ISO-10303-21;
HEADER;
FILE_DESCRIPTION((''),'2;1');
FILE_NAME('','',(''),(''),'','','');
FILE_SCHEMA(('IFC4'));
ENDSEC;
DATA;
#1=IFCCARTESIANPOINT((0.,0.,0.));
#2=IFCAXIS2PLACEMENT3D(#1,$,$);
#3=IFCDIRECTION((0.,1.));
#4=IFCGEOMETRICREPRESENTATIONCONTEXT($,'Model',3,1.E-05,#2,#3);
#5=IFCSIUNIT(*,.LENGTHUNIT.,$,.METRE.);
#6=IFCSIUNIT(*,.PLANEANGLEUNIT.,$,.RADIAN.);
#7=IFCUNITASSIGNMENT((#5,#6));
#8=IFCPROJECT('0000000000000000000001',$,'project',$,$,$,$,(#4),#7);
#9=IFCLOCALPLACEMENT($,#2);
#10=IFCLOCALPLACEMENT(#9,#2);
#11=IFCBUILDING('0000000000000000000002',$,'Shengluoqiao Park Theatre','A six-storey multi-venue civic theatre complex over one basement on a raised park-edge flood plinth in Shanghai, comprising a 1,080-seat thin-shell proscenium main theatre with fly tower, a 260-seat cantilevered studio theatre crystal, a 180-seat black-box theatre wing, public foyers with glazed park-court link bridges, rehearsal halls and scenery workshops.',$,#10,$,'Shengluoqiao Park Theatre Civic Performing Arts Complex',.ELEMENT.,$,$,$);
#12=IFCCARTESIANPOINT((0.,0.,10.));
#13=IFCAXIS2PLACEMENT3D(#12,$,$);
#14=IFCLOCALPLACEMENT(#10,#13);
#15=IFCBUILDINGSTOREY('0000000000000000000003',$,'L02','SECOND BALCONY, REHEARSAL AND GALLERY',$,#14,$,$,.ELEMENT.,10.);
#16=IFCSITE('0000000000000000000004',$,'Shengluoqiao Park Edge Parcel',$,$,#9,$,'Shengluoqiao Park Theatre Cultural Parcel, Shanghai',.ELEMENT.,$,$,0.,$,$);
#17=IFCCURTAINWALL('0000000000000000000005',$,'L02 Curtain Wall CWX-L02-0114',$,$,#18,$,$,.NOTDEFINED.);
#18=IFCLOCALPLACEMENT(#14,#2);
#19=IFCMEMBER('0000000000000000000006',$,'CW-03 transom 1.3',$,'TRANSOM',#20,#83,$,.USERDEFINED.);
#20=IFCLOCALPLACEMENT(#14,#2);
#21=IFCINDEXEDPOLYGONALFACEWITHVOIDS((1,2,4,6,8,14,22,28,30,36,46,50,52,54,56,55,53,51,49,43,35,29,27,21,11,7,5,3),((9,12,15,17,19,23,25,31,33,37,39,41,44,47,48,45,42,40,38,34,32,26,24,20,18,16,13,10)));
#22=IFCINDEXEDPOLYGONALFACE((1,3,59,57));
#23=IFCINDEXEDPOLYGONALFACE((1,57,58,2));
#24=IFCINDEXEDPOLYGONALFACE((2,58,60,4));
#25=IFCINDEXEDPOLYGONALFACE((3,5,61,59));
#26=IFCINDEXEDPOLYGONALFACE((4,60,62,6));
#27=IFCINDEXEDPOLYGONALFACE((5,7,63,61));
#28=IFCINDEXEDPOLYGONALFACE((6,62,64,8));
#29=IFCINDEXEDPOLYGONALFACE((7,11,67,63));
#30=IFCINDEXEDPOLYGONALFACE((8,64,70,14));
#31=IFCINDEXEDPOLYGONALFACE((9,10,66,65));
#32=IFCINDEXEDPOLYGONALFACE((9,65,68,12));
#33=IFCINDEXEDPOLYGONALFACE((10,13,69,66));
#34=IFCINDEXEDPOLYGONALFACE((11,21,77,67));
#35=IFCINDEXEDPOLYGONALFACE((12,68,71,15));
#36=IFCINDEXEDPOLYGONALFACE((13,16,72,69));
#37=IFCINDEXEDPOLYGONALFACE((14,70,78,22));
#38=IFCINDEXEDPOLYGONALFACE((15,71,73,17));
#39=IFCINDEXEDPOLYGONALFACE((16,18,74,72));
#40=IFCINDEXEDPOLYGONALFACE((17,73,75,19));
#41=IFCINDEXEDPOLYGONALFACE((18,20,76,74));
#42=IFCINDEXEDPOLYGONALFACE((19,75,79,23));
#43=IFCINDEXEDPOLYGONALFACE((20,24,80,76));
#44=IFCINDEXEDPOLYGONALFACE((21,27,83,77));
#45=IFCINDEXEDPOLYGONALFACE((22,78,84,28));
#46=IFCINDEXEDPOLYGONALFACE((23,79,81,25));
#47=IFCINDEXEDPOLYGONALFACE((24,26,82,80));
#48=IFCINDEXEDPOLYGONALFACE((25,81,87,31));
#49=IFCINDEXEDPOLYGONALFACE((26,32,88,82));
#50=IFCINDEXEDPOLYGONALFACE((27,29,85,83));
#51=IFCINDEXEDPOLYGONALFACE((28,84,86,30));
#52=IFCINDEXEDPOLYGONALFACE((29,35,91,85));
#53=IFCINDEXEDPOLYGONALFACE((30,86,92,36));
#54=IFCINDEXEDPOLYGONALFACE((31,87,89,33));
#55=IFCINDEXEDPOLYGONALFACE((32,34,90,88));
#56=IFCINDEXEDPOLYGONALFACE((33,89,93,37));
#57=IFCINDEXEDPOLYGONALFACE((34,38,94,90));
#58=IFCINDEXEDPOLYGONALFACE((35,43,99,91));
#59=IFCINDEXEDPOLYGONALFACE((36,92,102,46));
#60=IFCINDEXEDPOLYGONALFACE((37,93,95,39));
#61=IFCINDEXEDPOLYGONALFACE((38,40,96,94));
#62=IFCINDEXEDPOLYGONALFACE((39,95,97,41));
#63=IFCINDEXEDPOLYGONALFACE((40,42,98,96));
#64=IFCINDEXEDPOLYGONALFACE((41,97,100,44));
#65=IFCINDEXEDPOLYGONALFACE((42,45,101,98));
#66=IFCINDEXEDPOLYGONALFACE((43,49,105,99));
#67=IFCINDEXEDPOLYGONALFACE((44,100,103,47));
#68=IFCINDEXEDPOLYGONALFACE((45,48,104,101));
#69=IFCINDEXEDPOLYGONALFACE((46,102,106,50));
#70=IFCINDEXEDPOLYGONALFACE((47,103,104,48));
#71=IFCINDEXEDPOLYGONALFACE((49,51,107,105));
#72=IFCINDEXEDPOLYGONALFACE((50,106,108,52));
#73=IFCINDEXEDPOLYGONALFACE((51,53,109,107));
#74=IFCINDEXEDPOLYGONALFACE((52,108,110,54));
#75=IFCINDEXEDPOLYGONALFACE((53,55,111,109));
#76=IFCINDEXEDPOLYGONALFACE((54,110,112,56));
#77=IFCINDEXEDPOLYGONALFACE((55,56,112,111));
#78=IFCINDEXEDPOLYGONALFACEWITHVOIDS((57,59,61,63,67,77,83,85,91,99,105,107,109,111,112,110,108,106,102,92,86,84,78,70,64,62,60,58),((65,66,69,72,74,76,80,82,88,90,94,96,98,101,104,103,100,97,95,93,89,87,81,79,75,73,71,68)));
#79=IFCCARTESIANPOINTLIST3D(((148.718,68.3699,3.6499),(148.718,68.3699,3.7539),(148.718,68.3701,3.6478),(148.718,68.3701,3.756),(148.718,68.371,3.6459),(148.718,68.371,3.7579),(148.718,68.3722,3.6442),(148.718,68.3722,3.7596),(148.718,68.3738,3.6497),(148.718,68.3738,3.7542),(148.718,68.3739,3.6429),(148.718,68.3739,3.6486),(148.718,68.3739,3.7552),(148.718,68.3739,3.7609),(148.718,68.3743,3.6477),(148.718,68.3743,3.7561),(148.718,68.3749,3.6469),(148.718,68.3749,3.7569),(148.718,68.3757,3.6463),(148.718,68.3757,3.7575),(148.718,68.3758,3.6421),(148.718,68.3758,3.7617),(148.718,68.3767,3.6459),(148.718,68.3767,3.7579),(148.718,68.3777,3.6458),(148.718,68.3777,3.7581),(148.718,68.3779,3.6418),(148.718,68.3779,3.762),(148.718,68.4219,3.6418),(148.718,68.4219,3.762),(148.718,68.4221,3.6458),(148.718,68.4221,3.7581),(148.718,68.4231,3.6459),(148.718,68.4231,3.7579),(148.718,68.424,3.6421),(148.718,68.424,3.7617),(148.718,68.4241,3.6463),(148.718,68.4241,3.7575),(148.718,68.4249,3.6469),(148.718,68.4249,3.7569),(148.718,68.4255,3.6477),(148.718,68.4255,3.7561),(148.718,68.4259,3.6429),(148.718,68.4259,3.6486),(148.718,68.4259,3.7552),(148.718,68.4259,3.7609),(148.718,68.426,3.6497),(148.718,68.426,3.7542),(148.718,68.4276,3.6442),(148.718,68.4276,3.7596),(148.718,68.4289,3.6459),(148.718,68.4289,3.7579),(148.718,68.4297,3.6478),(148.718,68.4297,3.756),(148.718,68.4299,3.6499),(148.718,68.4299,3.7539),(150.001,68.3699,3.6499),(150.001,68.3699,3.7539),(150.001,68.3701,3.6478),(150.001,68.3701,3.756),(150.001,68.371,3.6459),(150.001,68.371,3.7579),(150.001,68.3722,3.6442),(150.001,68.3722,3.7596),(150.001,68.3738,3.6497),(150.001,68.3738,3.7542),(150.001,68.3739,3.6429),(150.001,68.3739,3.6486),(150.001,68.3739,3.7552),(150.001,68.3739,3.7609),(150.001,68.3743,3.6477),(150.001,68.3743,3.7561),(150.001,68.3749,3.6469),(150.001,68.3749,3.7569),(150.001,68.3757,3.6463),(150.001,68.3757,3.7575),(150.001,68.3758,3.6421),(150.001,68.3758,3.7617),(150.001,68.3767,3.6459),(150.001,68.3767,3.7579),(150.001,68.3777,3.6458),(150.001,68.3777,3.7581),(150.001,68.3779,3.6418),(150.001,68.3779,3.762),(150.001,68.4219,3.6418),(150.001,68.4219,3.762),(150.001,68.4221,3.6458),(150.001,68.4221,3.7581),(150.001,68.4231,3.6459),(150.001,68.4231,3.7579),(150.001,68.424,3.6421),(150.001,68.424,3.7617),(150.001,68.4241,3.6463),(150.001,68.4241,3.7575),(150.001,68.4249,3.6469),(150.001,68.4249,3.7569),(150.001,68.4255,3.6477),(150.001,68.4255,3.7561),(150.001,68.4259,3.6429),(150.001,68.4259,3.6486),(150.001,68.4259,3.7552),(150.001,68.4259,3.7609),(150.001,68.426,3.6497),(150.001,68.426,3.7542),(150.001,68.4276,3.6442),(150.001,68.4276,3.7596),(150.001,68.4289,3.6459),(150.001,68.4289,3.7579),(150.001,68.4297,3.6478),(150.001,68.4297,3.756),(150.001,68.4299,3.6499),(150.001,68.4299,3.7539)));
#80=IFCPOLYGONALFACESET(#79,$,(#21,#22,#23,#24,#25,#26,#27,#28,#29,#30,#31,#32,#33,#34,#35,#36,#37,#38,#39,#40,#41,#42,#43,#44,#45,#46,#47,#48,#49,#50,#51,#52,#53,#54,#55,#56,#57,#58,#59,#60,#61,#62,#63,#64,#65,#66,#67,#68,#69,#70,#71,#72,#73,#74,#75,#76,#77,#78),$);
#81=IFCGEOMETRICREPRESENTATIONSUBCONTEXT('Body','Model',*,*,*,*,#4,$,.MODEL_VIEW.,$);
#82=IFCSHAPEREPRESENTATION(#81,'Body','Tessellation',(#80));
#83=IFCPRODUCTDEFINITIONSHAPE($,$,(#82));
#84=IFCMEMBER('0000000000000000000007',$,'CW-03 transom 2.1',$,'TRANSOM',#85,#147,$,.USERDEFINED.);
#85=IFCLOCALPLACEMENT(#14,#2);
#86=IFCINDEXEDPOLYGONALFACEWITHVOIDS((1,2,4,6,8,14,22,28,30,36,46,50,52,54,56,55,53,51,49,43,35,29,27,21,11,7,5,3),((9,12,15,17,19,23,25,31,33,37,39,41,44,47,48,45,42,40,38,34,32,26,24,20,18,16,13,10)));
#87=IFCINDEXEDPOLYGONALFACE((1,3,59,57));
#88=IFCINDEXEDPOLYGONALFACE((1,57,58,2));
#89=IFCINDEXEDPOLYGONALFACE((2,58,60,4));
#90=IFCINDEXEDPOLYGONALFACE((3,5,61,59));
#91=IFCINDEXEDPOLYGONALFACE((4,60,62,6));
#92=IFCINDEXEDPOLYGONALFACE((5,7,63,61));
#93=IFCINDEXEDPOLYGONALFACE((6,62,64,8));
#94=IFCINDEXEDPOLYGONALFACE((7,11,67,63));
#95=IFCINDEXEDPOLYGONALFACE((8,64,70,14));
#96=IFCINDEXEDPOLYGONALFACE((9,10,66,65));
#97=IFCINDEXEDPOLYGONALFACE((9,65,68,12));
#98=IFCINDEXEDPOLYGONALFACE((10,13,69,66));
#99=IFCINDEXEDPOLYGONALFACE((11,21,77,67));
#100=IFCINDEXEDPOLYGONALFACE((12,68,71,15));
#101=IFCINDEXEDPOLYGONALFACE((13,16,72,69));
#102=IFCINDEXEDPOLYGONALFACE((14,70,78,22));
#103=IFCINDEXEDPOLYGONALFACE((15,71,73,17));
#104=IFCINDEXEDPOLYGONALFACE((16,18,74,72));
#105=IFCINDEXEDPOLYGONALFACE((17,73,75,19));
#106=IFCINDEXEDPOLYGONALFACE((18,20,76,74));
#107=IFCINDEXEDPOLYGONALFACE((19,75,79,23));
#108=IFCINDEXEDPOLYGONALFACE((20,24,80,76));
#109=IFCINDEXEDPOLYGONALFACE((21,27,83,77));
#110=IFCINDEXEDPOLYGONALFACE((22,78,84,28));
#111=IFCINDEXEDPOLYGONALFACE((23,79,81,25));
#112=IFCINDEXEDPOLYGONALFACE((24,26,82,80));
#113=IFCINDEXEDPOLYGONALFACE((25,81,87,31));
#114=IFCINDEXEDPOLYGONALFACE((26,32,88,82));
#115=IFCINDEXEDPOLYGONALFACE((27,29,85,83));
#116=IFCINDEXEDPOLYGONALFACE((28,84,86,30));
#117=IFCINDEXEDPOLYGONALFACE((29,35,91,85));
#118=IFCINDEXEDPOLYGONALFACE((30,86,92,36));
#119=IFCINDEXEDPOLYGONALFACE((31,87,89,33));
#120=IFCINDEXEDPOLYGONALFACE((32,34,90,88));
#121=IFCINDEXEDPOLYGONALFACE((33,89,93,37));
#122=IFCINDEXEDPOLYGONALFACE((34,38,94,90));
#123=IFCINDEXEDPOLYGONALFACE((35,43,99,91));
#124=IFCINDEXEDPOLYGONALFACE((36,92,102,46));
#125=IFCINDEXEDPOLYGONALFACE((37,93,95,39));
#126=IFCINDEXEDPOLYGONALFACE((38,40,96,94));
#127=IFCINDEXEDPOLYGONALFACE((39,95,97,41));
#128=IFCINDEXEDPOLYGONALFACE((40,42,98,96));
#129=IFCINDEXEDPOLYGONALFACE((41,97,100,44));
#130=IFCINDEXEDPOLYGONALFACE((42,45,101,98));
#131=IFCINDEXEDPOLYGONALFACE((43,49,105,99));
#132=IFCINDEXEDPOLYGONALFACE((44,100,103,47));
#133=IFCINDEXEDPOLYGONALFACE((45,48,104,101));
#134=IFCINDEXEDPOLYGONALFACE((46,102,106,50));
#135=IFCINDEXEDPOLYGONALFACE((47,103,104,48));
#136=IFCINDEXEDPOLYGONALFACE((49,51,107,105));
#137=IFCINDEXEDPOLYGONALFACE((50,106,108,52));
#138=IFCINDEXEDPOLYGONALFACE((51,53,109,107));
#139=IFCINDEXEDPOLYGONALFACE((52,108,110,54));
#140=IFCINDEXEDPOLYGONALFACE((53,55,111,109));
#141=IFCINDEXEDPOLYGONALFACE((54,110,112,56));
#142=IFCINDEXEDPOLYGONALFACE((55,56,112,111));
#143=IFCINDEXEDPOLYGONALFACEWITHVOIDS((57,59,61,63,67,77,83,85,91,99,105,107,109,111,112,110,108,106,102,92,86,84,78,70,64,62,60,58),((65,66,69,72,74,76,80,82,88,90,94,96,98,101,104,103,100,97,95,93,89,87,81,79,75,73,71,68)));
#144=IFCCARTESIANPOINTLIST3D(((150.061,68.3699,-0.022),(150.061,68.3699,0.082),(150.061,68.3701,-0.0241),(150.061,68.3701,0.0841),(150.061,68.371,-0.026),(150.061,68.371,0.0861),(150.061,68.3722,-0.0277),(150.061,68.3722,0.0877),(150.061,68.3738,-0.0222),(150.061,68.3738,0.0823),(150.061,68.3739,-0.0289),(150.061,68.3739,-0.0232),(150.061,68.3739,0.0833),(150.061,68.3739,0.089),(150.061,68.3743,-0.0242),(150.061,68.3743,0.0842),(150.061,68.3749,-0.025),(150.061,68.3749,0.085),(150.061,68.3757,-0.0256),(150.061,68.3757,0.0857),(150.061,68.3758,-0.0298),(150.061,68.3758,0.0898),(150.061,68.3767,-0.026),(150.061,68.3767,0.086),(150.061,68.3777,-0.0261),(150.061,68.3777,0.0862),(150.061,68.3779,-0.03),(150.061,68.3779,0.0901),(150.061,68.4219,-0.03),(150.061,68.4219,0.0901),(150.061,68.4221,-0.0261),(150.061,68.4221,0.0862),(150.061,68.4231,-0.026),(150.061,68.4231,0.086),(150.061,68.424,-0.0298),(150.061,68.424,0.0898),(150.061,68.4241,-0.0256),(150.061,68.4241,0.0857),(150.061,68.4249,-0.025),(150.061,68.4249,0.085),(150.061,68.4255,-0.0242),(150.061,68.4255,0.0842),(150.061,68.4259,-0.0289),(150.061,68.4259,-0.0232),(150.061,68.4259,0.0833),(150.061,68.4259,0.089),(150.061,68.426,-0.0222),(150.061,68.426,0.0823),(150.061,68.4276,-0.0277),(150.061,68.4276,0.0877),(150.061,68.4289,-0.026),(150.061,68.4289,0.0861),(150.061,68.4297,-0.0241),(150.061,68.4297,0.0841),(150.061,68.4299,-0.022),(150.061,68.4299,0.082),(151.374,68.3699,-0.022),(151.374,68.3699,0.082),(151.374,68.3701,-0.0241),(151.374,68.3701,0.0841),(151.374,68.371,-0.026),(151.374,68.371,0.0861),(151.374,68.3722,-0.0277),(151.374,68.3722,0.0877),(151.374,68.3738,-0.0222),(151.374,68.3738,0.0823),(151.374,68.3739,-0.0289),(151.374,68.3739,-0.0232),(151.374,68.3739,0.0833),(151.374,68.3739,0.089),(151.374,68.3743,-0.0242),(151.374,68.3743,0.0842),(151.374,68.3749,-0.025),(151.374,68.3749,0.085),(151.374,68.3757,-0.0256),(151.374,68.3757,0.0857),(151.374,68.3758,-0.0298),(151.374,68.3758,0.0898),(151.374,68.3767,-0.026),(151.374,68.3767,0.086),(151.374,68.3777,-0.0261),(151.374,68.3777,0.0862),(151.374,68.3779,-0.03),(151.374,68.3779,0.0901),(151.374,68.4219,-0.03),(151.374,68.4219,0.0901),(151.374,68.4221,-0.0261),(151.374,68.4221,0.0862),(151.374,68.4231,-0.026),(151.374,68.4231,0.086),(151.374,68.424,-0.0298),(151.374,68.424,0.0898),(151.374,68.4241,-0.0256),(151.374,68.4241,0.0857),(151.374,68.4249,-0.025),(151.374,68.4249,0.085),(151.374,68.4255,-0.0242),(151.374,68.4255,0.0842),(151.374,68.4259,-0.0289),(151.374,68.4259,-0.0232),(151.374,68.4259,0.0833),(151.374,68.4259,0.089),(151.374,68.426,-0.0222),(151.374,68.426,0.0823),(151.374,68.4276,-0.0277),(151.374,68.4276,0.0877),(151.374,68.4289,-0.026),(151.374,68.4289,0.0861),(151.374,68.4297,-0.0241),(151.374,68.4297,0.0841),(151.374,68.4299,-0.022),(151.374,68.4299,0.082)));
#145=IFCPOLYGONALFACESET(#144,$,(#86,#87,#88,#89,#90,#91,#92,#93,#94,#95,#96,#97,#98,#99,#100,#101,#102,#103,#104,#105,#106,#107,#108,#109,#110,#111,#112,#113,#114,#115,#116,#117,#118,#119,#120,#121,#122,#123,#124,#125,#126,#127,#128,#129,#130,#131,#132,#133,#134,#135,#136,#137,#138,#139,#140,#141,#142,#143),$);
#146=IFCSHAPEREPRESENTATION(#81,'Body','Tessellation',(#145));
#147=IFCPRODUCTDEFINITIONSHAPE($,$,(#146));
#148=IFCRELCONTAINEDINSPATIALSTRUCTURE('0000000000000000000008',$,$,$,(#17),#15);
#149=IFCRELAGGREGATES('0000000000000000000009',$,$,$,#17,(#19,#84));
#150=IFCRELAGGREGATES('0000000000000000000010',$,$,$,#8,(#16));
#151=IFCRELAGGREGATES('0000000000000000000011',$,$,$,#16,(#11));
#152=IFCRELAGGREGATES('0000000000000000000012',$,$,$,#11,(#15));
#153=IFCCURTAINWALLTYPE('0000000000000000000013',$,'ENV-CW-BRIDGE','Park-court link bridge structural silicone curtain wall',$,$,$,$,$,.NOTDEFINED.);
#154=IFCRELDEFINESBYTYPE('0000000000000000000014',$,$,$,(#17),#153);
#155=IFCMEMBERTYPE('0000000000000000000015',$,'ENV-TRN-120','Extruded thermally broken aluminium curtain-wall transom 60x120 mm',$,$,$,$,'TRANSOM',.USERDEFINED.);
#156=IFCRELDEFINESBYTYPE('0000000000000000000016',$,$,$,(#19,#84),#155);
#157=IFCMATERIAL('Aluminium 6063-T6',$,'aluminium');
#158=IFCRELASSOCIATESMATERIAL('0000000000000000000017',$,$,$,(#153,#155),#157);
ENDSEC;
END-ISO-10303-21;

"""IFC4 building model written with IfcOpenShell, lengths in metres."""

from ifc_helpers import new_model, si_unit, direction, frame, origin, origin_2d, place, context, subcontext, project, spatial, hollow_rectangle, extrude, material, material_profile, profile_set, type_object, element, aggregate, save


model = new_model("IFC4")

# Units and contexts
model_context = context("Model", 3, precision=1e-05, world=origin(), true_north=direction((0.0, 1.0)))
body_context = subcontext(model_context, "Body", "Model", "MODEL_VIEW")
ifc_project = project(units=[si_unit("LENGTHUNIT", "METRE"), si_unit("PLANEANGLEUNIT", "RADIAN")], contexts=[model_context])

# Site, building, storey
site_placement = place(None, origin())
site = spatial("IfcSite", under=ifc_project, at=site_placement, Name="Shengluoqiao Park Edge Parcel", LongName="Shengluoqiao Park Theatre Cultural Parcel, Shanghai", CompositionType="ELEMENT", RefElevation=0.0)
building_placement = place(site_placement, origin())
building = spatial("IfcBuilding", under=site, at=building_placement, Name="Shengluoqiao Park Theatre", Description="A six-storey multi-venue civic theatre complex over one basement on a raised park-edge flood plinth in Shanghai, comprising a 1,080-seat thin-shell proscenium main theatre with fly tower, a 260-seat cantilevered studio theatre crystal, a 180-seat black-box theatre wing, public foyers with glazed park-court link bridges, rehearsal halls and scenery workshops.", LongName="Shengluoqiao Park Theatre Civic Performing Arts Complex", CompositionType="ELEMENT")
storey_placement = place(building_placement, frame((0.0, 0.0, 10.0)))
storey = spatial("IfcBuildingStorey", under=building, at=storey_placement, Name="L02", Description="SECOND BALCONY, REHEARSAL AND GALLERY", CompositionType="ELEMENT", Elevation=10.0)

# Curtain wall, members
ifc_material_1 = material(Name="Aluminium 6063-T6", Category="aluminium")
curtain_wall_type_1 = type_object("IfcCurtainWallType", Name="ENV-CW-BRIDGE", Description="Park-court link bridge structural silicone curtain wall", PredefinedType="NOTDEFINED", material=ifc_material_1)
curtain_wall_1_placement = place(storey_placement, origin())
curtain_wall_1 = element("IfcCurtainWall", 1, at=curtain_wall_1_placement, inside=storey, type_object=curtain_wall_type_1, Name="L02 Curtain Wall CWX-L02-0114", PredefinedType="NOTDEFINED")
ifc_material_profile_1 = material_profile(ifc_material_1, hollow_rectangle(XDim=0.0601, YDim=0.1201, WallThickness=0.0039, InnerFilletRadius=0.0039, OuterFilletRadius=0.0081, at=origin_2d()), Name="ALU TRANSOM 120x60x4")
ifc_profile_set_1 = profile_set([ifc_material_profile_1], Name="Aluminium 6063-T6")
member_type_1 = type_object("IfcMemberType", Name="ENV-TRN-120", Description="Extruded thermally broken aluminium curtain-wall transom 60x120 mm", ElementType="TRANSOM", PredefinedType="USERDEFINED", material=ifc_profile_set_1)
member_1_placement = place(storey_placement, frame((148.718, 68.3999, 3.7019), z_axis=(1.0, 0.0, 0.0), x_axis=(0.0, 1.0, 0.0)))
member_1 = element("IfcMember", 2, at=member_1_placement, type_object=member_type_1, Name="CW-03 transom 1.3", ObjectType="TRANSOM", PredefinedType="USERDEFINED", context=body_context, shape_type="SweptSolid", body=[
    extrude(hollow_rectangle(XDim=0.0601, YDim=0.1201, WallThickness=0.0039, InnerFilletRadius=0.0039, OuterFilletRadius=0.0081, at=origin_2d()), origin(), (0.0, 0.0, 1.0), 1.283),
])
member_2_placement = place(storey_placement, frame((150.061, 68.3999, 0.03), z_axis=(1.0, 0.0, 0.0), x_axis=(0.0, 1.0, 0.0)))
member_2 = element("IfcMember", 3, at=member_2_placement, type_object=member_type_1, Name="CW-03 transom 2.1", ObjectType="TRANSOM", PredefinedType="USERDEFINED", context=body_context, shape_type="SweptSolid", body=[
    extrude(hollow_rectangle(XDim=0.0601, YDim=0.1201, WallThickness=0.0039, InnerFilletRadius=0.0039, OuterFilletRadius=0.0081, at=origin_2d()), origin(), (0.0, 0.0, 1.0), 1.313),
])

aggregate(curtain_wall_1, [member_1, member_2])

save(model, "model.ifc")
